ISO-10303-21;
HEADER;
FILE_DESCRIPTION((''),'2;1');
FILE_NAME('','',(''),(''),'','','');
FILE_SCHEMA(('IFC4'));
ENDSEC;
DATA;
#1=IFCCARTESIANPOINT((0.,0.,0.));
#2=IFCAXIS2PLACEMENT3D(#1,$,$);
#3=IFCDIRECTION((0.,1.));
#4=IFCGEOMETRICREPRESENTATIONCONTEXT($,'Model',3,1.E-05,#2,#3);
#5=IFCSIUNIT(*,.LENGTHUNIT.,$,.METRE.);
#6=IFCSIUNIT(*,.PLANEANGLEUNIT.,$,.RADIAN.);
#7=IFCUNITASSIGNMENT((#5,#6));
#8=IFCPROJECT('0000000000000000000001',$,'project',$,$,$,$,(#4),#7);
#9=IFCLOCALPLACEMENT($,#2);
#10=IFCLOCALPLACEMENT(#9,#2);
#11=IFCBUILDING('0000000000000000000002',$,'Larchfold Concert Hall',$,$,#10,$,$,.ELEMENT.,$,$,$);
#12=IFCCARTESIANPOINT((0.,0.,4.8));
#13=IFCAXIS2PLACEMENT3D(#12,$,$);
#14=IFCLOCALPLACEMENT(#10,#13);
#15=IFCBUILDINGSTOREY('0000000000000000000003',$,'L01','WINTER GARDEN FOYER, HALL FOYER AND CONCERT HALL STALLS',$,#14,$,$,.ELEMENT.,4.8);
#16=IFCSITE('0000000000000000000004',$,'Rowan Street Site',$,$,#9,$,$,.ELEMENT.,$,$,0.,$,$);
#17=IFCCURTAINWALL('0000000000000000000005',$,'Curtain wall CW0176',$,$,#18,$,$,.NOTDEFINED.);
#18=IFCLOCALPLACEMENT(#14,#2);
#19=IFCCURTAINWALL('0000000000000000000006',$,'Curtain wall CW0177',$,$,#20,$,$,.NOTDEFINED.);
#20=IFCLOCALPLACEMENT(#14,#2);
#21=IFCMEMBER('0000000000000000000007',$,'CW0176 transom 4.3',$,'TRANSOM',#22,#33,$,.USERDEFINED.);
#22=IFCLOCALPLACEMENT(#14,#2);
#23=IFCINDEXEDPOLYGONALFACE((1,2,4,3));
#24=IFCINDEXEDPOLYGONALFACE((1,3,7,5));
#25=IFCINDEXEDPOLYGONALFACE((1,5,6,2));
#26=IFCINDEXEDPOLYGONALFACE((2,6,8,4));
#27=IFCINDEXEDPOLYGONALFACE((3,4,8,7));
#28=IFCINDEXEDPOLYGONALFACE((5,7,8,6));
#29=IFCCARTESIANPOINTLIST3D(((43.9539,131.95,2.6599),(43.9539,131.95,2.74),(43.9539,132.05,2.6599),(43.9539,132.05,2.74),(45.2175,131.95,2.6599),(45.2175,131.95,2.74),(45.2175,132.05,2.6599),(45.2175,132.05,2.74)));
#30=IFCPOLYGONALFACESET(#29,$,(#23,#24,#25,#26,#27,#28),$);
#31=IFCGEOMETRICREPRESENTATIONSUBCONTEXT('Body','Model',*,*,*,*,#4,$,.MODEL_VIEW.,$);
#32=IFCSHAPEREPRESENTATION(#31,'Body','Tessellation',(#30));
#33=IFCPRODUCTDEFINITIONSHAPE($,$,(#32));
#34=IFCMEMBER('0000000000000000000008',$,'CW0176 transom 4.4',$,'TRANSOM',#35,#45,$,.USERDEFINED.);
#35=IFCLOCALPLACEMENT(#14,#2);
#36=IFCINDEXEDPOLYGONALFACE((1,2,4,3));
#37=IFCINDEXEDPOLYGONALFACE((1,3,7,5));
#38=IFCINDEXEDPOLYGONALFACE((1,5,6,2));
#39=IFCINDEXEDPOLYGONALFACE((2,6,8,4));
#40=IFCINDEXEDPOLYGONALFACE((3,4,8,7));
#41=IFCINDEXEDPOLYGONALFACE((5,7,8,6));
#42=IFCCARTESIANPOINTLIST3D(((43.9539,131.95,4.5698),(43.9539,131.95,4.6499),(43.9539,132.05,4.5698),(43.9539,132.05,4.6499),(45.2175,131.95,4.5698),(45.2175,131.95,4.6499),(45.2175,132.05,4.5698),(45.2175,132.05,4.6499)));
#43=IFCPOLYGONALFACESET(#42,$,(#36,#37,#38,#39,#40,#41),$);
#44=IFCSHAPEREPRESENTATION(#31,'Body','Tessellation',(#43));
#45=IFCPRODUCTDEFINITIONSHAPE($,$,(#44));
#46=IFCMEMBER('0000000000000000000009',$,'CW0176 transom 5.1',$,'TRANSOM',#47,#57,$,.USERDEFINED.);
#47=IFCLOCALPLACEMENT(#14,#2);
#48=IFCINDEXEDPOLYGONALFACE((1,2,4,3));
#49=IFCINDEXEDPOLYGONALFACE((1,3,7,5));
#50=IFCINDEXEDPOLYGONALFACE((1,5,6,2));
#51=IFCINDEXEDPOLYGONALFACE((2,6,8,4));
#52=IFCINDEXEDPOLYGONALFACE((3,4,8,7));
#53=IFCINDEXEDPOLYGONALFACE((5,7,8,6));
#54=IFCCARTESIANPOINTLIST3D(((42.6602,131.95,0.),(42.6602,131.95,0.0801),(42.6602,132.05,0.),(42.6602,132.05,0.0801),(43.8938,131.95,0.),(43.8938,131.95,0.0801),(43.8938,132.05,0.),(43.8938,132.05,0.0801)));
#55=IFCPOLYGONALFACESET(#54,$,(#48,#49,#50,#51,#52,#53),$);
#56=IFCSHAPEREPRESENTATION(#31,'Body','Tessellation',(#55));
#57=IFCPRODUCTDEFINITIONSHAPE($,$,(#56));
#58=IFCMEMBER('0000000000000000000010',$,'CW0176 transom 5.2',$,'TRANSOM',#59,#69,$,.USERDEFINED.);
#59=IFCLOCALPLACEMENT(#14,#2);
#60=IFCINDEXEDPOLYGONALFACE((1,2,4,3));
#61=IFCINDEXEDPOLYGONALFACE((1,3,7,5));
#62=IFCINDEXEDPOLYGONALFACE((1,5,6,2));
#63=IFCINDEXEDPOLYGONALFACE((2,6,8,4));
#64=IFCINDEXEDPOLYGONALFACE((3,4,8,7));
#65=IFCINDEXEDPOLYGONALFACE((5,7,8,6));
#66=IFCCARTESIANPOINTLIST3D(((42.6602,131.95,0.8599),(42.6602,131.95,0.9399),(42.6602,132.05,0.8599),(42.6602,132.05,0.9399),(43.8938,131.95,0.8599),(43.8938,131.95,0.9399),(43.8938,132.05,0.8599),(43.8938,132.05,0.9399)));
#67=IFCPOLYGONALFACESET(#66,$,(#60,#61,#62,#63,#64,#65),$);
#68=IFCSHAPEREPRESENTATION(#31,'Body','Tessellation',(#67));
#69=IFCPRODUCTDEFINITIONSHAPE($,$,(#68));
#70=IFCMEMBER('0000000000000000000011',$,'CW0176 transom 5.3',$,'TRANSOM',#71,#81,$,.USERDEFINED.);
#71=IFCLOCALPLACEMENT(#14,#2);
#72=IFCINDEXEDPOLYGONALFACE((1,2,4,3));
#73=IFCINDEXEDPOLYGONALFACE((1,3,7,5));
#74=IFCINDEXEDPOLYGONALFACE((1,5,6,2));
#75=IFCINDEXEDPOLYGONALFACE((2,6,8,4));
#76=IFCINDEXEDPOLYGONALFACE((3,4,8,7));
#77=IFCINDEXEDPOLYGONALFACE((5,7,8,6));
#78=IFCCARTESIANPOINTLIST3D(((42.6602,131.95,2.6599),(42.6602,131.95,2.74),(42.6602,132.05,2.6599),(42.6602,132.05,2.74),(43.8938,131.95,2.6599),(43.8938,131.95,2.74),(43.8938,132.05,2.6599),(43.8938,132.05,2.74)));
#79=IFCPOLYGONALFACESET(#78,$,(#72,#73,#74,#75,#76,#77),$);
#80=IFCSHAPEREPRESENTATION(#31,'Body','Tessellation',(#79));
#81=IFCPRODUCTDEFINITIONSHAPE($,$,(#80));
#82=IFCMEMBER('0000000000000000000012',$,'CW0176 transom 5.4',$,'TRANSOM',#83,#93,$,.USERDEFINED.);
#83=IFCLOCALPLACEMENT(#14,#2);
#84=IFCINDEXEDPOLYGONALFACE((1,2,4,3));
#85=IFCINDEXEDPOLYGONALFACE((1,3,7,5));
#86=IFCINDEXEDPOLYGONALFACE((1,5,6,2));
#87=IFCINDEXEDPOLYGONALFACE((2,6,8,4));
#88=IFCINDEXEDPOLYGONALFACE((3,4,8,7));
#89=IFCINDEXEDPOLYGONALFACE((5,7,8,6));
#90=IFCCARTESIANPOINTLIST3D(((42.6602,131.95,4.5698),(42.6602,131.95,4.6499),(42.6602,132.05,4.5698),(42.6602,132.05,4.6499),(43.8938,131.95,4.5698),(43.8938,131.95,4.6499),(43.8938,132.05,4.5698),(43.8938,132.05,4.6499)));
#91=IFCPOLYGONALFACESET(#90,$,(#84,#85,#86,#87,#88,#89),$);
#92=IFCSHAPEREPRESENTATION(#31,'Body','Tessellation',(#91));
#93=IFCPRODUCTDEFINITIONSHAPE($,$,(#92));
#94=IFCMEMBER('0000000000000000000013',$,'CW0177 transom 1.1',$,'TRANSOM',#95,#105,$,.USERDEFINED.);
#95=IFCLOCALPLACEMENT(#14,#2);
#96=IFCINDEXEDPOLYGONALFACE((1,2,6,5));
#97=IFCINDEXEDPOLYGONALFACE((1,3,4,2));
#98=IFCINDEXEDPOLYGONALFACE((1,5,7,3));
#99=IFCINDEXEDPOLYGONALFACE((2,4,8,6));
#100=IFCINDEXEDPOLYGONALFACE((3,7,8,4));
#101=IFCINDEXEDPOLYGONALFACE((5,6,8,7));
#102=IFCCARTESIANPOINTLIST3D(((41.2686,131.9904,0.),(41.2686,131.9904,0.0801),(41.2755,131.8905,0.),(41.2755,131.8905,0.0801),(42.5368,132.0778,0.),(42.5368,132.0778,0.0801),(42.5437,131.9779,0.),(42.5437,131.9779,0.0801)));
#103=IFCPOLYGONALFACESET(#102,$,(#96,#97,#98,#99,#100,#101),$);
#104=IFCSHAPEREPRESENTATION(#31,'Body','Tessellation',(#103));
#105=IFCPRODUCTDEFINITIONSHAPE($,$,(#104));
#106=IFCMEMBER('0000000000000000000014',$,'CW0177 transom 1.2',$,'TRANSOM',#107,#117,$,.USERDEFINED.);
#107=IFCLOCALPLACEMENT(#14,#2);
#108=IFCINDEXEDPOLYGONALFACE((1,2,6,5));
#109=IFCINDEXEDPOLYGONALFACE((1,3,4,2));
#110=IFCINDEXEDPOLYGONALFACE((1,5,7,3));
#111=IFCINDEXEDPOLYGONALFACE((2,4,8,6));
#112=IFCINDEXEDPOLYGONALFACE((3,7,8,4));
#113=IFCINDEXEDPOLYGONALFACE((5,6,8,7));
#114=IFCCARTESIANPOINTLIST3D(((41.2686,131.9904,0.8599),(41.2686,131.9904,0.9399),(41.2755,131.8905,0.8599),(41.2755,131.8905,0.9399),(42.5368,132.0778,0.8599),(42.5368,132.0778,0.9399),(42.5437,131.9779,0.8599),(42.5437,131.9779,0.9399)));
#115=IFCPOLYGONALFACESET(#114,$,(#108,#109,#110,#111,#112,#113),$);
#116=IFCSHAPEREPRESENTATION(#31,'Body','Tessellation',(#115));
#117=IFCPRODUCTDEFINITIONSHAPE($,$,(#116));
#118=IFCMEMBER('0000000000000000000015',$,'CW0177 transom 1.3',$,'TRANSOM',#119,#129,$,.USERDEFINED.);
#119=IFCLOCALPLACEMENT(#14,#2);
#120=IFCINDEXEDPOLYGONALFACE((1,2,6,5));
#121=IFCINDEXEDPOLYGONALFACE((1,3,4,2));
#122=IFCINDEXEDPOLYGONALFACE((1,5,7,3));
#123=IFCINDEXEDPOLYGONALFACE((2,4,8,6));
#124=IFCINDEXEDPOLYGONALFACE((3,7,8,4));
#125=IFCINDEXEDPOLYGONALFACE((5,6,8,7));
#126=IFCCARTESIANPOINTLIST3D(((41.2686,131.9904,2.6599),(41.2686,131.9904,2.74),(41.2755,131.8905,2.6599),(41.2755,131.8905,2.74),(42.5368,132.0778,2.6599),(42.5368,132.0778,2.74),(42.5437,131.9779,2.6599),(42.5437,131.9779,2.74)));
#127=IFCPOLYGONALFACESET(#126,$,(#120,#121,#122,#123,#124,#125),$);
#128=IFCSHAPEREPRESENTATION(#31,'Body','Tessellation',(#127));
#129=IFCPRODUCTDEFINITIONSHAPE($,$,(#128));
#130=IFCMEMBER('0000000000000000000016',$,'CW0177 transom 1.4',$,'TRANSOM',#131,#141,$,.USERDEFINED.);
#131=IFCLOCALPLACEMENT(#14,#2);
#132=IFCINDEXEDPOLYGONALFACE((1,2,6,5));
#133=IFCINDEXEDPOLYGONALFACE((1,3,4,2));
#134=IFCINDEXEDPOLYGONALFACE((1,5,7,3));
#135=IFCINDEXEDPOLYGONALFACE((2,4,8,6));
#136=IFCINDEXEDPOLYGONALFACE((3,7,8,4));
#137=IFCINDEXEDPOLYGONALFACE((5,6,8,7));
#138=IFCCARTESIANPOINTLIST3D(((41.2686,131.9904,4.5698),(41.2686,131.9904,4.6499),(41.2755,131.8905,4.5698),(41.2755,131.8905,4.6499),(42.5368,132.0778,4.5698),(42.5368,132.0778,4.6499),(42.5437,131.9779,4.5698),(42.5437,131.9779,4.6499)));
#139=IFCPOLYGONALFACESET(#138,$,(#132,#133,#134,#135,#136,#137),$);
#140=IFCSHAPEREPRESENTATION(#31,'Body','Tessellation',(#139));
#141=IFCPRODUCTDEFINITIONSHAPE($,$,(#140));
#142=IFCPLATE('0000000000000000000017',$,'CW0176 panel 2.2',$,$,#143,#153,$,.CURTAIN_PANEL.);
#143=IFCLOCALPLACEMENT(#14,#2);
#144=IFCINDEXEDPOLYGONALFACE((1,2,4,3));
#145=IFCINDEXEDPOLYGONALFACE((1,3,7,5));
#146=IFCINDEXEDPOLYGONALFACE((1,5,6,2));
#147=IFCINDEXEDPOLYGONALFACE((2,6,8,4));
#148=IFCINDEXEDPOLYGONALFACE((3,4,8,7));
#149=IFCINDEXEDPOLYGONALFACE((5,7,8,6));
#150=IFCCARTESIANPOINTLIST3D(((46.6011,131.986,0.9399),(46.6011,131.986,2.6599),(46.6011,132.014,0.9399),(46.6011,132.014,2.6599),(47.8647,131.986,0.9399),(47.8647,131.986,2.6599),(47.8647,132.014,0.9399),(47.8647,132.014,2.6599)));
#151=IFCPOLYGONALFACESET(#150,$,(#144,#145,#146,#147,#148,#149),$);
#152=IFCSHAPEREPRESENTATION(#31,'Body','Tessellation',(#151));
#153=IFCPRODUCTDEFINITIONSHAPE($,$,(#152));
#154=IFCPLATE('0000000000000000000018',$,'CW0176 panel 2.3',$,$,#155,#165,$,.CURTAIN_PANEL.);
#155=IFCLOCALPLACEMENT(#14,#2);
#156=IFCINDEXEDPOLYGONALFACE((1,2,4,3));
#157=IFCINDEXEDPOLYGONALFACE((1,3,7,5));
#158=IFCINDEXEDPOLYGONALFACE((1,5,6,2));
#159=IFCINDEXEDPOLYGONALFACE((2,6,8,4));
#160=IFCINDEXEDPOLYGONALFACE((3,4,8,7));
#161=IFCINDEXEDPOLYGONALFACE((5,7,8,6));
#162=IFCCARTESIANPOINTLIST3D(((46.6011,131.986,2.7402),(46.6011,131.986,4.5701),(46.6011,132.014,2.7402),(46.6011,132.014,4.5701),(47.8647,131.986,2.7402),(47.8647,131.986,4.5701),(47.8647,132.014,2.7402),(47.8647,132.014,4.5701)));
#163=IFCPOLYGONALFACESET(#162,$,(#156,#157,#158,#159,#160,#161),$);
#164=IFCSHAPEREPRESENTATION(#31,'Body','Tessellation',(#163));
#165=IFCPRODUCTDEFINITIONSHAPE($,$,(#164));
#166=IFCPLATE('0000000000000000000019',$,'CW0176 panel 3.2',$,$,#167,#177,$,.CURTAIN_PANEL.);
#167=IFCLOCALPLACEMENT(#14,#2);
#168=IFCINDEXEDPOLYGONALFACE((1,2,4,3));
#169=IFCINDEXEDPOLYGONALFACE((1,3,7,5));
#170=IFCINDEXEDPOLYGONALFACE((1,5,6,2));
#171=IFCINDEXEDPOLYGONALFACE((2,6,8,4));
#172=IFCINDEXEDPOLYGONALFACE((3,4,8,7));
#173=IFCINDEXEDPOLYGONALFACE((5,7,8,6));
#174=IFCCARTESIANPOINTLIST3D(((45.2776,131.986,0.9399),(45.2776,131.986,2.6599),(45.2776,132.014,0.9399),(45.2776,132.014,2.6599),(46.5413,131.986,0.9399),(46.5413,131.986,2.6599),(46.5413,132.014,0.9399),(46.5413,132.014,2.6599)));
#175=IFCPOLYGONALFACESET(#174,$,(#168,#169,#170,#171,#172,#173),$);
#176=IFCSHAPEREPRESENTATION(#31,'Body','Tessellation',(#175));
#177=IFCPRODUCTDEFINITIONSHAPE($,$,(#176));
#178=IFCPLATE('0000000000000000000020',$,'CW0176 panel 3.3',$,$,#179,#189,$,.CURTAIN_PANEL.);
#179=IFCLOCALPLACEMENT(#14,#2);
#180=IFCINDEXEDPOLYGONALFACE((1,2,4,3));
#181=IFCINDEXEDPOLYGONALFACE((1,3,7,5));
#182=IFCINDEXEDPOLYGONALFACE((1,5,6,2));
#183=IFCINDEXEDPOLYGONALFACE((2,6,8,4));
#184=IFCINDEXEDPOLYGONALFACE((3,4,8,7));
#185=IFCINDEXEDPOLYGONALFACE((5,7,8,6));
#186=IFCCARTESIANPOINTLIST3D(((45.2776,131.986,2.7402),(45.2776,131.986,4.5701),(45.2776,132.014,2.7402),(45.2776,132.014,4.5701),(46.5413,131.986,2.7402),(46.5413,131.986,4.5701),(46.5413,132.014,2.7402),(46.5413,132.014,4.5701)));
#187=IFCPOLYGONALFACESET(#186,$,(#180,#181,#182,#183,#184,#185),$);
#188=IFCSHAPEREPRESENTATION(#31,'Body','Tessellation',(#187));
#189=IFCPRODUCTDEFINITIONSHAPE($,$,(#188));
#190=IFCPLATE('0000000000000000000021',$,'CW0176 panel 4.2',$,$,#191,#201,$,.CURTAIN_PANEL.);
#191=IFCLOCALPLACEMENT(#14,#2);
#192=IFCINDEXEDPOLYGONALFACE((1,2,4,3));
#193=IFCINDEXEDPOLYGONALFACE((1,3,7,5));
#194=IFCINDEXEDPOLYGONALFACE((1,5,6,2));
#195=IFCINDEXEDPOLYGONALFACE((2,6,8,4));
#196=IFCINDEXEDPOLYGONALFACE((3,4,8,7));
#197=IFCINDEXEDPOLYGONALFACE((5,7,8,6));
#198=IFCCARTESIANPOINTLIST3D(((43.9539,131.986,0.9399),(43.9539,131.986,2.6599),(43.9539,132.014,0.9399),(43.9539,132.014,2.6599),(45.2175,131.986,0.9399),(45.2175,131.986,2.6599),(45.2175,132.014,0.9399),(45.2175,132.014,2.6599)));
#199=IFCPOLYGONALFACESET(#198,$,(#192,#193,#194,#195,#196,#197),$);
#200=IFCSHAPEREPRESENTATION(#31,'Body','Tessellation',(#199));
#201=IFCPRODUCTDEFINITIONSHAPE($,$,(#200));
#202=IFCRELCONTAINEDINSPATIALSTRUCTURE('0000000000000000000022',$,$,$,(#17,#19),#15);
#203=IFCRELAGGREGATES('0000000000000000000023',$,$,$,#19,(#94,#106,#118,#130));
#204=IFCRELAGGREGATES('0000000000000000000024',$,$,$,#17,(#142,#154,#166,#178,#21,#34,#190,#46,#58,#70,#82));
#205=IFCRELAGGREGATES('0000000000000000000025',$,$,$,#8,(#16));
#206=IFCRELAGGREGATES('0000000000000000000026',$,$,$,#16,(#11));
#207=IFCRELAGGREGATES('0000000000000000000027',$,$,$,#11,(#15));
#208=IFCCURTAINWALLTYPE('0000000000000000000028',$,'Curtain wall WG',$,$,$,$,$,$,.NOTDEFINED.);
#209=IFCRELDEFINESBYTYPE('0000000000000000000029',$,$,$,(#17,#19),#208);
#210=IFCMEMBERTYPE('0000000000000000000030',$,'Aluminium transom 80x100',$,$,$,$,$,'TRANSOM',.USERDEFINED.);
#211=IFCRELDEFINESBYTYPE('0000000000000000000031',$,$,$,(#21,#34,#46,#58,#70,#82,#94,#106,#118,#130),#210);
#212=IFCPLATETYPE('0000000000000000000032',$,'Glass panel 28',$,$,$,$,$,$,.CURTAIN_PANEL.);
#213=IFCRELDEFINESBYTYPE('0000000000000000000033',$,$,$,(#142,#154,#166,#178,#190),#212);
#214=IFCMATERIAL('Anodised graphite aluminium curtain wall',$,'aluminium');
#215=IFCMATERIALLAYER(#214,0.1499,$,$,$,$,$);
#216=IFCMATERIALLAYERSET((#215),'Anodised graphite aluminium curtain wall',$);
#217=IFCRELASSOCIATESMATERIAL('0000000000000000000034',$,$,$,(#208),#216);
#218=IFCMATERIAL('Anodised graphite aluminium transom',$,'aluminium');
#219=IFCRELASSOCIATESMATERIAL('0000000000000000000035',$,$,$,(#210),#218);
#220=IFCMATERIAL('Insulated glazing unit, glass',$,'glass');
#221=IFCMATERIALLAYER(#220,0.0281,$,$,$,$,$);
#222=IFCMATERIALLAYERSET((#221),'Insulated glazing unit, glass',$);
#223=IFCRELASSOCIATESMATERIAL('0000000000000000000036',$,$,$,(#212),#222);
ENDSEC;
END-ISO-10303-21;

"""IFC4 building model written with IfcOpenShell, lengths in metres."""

from ifc_helpers import new_model, si_unit, direction, frame, origin, origin_2d, place, context, subcontext, project, spatial, rectangle, extrude, material, layer, layer_set, material_profile, profile_set, type_object, element, aggregate, save


model = new_model("IFC4")

# Units and contexts
model_context = context("Model", 3, precision=1e-05, world=origin(), true_north=direction((0.0, 1.0)))
body_context = subcontext(model_context, "Body", "Model", "MODEL_VIEW")
ifc_project = project(units=[si_unit("LENGTHUNIT", "METRE"), si_unit("PLANEANGLEUNIT", "RADIAN")], contexts=[model_context])

# Site, building, storey
site_placement = place(None, origin())
site = spatial("IfcSite", under=ifc_project, at=site_placement, Name="Rowan Street Site", CompositionType="ELEMENT", RefElevation=0.0)
building_placement = place(site_placement, origin())
building = spatial("IfcBuilding", under=site, at=building_placement, Name="Larchfold Concert Hall", CompositionType="ELEMENT")
storey_placement = place(building_placement, frame((0.0, 0.0, 4.8)))
storey = spatial("IfcBuildingStorey", under=building, at=storey_placement, Name="L01", Description="WINTER GARDEN FOYER, HALL FOYER AND CONCERT HALL STALLS", CompositionType="ELEMENT", Elevation=4.8)

# Curtain wall
ifc_material_1 = material(Name="Anodised graphite aluminium curtain wall", Category="aluminium")
ifc_layer_1 = layer(ifc_material_1, 0.1499)
ifc_layer_set_1 = layer_set([ifc_layer_1], Name="Anodised graphite aluminium curtain wall")
curtain_wall_type = type_object("IfcCurtainWallType", Name="Curtain wall WG", PredefinedType="NOTDEFINED", material=ifc_layer_set_1)
curtain_wall_1_placement = place(storey_placement, origin())
curtain_wall_1 = element("IfcCurtainWall", 1, at=curtain_wall_1_placement, inside=storey, type_object=curtain_wall_type, Name="Curtain wall CW0176", PredefinedType="NOTDEFINED")

# Curtain wall
curtain_wall_2_placement = place(storey_placement, origin())
curtain_wall_2 = element("IfcCurtainWall", 2, at=curtain_wall_2_placement, inside=storey, type_object=curtain_wall_type, Name="Curtain wall CW0177", PredefinedType="NOTDEFINED")

# Members
ifc_material_2 = material(Name="Anodised graphite aluminium transom", Category="aluminium")
ifc_material_profile_1 = material_profile(ifc_material_2, rectangle(XDim=0.1001, YDim=0.0801, at=origin_2d()))
ifc_profile_set_1 = profile_set([ifc_material_profile_1], Name="Anodised graphite aluminium transom")
member_type_1 = type_object("IfcMemberType", Name="Aluminium transom 80x100", ElementType="TRANSOM", PredefinedType="USERDEFINED", material=ifc_profile_set_1)
member_1_placement = place(storey_placement, frame((45.2175, 132.0, 2.7), z_axis=(-1.0, 0.0, 0.0), x_axis=(0.0, -1.0, 0.0)))
member_1 = element("IfcMember", 3, at=member_1_placement, type_object=member_type_1, Name="CW0176 transom 4.3", ObjectType="TRANSOM", PredefinedType="USERDEFINED", context=body_context, shape_type="SweptSolid", body=[
    extrude(rectangle(XDim=0.1001, YDim=0.0801, at=origin_2d()), origin(), (0.0, 0.0, 1.0), 1.2637),
])
member_2_placement = place(storey_placement, frame((45.2175, 132.0, 4.6099), z_axis=(-1.0, 0.0, 0.0), x_axis=(0.0, -1.0, 0.0)))
member_2 = element("IfcMember", 4, at=member_2_placement, type_object=member_type_1, Name="CW0176 transom 4.4", ObjectType="TRANSOM", PredefinedType="USERDEFINED", context=body_context, shape_type="SweptSolid", body=[
    extrude(rectangle(XDim=0.1001, YDim=0.0801, at=origin_2d()), origin(), (0.0, 0.0, 1.0), 1.2637),
])
member_3_placement = place(storey_placement, frame((43.8938, 132.0, 0.04), z_axis=(-1.0, 0.0, 0.0), x_axis=(0.0, -1.0, 0.0)))
member_3 = element("IfcMember", 5, at=member_3_placement, type_object=member_type_1, Name="CW0176 transom 5.1", ObjectType="TRANSOM", PredefinedType="USERDEFINED", context=body_context, shape_type="SweptSolid", body=[
    extrude(rectangle(XDim=0.1001, YDim=0.0801, at=origin_2d()), origin(), (0.0, 0.0, 1.0), 1.2336),
])
member_4_placement = place(storey_placement, frame((43.8938, 132.0, 0.8999), z_axis=(-1.0, 0.0, 0.0), x_axis=(0.0, -1.0, 0.0)))
member_4 = element("IfcMember", 6, at=member_4_placement, type_object=member_type_1, Name="CW0176 transom 5.2", ObjectType="TRANSOM", PredefinedType="USERDEFINED", context=body_context, shape_type="SweptSolid", body=[
    extrude(rectangle(XDim=0.1001, YDim=0.0801, at=origin_2d()), origin(), (0.0, 0.0, 1.0), 1.2336),
])
member_5_placement = place(storey_placement, frame((43.8938, 132.0, 2.7), z_axis=(-1.0, 0.0, 0.0), x_axis=(0.0, -1.0, 0.0)))
member_5 = element("IfcMember", 7, at=member_5_placement, type_object=member_type_1, Name="CW0176 transom 5.3", ObjectType="TRANSOM", PredefinedType="USERDEFINED", context=body_context, shape_type="SweptSolid", body=[
    extrude(rectangle(XDim=0.1001, YDim=0.0801, at=origin_2d()), origin(), (0.0, 0.0, 1.0), 1.2336),
])
member_6_placement = place(storey_placement, frame((43.8938, 132.0, 4.6099), z_axis=(-1.0, 0.0, 0.0), x_axis=(0.0, -1.0, 0.0)))
member_6 = element("IfcMember", 8, at=member_6_placement, type_object=member_type_1, Name="CW0176 transom 5.4", ObjectType="TRANSOM", PredefinedType="USERDEFINED", context=body_context, shape_type="SweptSolid", body=[
    extrude(rectangle(XDim=0.1001, YDim=0.0801, at=origin_2d()), origin(), (0.0, 0.0, 1.0), 1.2336),
])
member_7_placement = place(storey_placement, frame((42.5403, 132.0278, 0.04), z_axis=(-0.997634, -0.068749, 0.0), x_axis=(0.068749, -0.997634, 0.0)))
member_7 = element("IfcMember", 9, at=member_7_placement, type_object=member_type_1, Name="CW0177 transom 1.1", ObjectType="TRANSOM", PredefinedType="USERDEFINED", context=body_context, shape_type="SweptSolid", body=[
    extrude(rectangle(XDim=0.1001, YDim=0.0801, at=origin_2d()), origin(), (0.0, 0.0, 1.0), 1.2712),
])
member_8_placement = place(storey_placement, frame((42.5403, 132.0278, 0.8999), z_axis=(-0.997634, -0.068749, 0.0), x_axis=(0.068749, -0.997634, 0.0)))
member_8 = element("IfcMember", 10, at=member_8_placement, type_object=member_type_1, Name="CW0177 transom 1.2", ObjectType="TRANSOM", PredefinedType="USERDEFINED", context=body_context, shape_type="SweptSolid", body=[
    extrude(rectangle(XDim=0.1001, YDim=0.0801, at=origin_2d()), origin(), (0.0, 0.0, 1.0), 1.2712),
])
member_9_placement = place(storey_placement, frame((42.5403, 132.0278, 2.7), z_axis=(-0.997634, -0.068749, 0.0), x_axis=(0.068749, -0.997634, 0.0)))
member_9 = element("IfcMember", 11, at=member_9_placement, type_object=member_type_1, Name="CW0177 transom 1.3", ObjectType="TRANSOM", PredefinedType="USERDEFINED", context=body_context, shape_type="SweptSolid", body=[
    extrude(rectangle(XDim=0.1001, YDim=0.0801, at=origin_2d()), origin(), (0.0, 0.0, 1.0), 1.2712),
])
member_10_placement = place(storey_placement, frame((42.5403, 132.0278, 4.6099), z_axis=(-0.997634, -0.068749, 0.0), x_axis=(0.068749, -0.997634, 0.0)))
member_10 = element("IfcMember", 12, at=member_10_placement, type_object=member_type_1, Name="CW0177 transom 1.4", ObjectType="TRANSOM", PredefinedType="USERDEFINED", context=body_context, shape_type="SweptSolid", body=[
    extrude(rectangle(XDim=0.1001, YDim=0.0801, at=origin_2d()), origin(), (0.0, 0.0, 1.0), 1.2712),
])
aggregate(curtain_wall_2, [member_7, member_8, member_9, member_10])

# Plates
ifc_material_3 = material(Name="Insulated glazing unit, glass", Category="glass")
ifc_layer_2 = layer(ifc_material_3, 0.0281)
ifc_layer_set_2 = layer_set([ifc_layer_2], Name="Insulated glazing unit, glass")
plate_type_1 = type_object("IfcPlateType", Name="Glass panel 28", PredefinedType="CURTAIN_PANEL", material=ifc_layer_set_2)
plate_1_placement = place(storey_placement, frame((47.2329, 132.0, 0.9399), z_axis=(0.0, 0.0, 1.0), x_axis=(-1.0, 0.0, 0.0)))
plate_1 = element("IfcPlate", 13, at=plate_1_placement, type_object=plate_type_1, Name="CW0176 panel 2.2", PredefinedType="CURTAIN_PANEL", context=body_context, shape_type="SweptSolid", body=[
    extrude(rectangle(XDim=1.2637, YDim=0.0281, at=origin_2d()), origin(), (0.0, 0.0, 1.0), 1.72),
])
plate_2_placement = place(storey_placement, frame((47.2329, 132.0, 2.7402), z_axis=(0.0, 0.0, 1.0), x_axis=(-1.0, 0.0, 0.0)))
plate_2 = element("IfcPlate", 14, at=plate_2_placement, type_object=plate_type_1, Name="CW0176 panel 2.3", PredefinedType="CURTAIN_PANEL", context=body_context, shape_type="SweptSolid", body=[
    extrude(rectangle(XDim=1.2637, YDim=0.0281, at=origin_2d()), origin(), (0.0, 0.0, 1.0), 1.8298),
])
plate_3_placement = place(storey_placement, frame((45.9094, 132.0, 0.9399), z_axis=(0.0, 0.0, 1.0), x_axis=(-1.0, 0.0, 0.0)))
plate_3 = element("IfcPlate", 15, at=plate_3_placement, type_object=plate_type_1, Name="CW0176 panel 3.2", PredefinedType="CURTAIN_PANEL", context=body_context, shape_type="SweptSolid", body=[
    extrude(rectangle(XDim=1.2637, YDim=0.0281, at=origin_2d()), origin(), (0.0, 0.0, 1.0), 1.72),
])
plate_4_placement = place(storey_placement, frame((45.9094, 132.0, 2.7402), z_axis=(0.0, 0.0, 1.0), x_axis=(-1.0, 0.0, 0.0)))
plate_4 = element("IfcPlate", 16, at=plate_4_placement, type_object=plate_type_1, Name="CW0176 panel 3.3", PredefinedType="CURTAIN_PANEL", context=body_context, shape_type="SweptSolid", body=[
    extrude(rectangle(XDim=1.2637, YDim=0.0281, at=origin_2d()), origin(), (0.0, 0.0, 1.0), 1.8298),
])
plate_5_placement = place(storey_placement, frame((44.5857, 132.0, 0.9399), z_axis=(0.0, 0.0, 1.0), x_axis=(-1.0, 0.0, 0.0)))
plate_5 = element("IfcPlate", 17, at=plate_5_placement, type_object=plate_type_1, Name="CW0176 panel 4.2", PredefinedType="CURTAIN_PANEL", context=body_context, shape_type="SweptSolid", body=[
    extrude(rectangle(XDim=1.2637, YDim=0.0281, at=origin_2d()), origin(), (0.0, 0.0, 1.0), 1.72),
])
aggregate(curtain_wall_1, [plate_1, plate_2, plate_3, plate_4, member_1, member_2, plate_5, member_3, member_4, member_5, member_6])

save(model, "model.ifc")
